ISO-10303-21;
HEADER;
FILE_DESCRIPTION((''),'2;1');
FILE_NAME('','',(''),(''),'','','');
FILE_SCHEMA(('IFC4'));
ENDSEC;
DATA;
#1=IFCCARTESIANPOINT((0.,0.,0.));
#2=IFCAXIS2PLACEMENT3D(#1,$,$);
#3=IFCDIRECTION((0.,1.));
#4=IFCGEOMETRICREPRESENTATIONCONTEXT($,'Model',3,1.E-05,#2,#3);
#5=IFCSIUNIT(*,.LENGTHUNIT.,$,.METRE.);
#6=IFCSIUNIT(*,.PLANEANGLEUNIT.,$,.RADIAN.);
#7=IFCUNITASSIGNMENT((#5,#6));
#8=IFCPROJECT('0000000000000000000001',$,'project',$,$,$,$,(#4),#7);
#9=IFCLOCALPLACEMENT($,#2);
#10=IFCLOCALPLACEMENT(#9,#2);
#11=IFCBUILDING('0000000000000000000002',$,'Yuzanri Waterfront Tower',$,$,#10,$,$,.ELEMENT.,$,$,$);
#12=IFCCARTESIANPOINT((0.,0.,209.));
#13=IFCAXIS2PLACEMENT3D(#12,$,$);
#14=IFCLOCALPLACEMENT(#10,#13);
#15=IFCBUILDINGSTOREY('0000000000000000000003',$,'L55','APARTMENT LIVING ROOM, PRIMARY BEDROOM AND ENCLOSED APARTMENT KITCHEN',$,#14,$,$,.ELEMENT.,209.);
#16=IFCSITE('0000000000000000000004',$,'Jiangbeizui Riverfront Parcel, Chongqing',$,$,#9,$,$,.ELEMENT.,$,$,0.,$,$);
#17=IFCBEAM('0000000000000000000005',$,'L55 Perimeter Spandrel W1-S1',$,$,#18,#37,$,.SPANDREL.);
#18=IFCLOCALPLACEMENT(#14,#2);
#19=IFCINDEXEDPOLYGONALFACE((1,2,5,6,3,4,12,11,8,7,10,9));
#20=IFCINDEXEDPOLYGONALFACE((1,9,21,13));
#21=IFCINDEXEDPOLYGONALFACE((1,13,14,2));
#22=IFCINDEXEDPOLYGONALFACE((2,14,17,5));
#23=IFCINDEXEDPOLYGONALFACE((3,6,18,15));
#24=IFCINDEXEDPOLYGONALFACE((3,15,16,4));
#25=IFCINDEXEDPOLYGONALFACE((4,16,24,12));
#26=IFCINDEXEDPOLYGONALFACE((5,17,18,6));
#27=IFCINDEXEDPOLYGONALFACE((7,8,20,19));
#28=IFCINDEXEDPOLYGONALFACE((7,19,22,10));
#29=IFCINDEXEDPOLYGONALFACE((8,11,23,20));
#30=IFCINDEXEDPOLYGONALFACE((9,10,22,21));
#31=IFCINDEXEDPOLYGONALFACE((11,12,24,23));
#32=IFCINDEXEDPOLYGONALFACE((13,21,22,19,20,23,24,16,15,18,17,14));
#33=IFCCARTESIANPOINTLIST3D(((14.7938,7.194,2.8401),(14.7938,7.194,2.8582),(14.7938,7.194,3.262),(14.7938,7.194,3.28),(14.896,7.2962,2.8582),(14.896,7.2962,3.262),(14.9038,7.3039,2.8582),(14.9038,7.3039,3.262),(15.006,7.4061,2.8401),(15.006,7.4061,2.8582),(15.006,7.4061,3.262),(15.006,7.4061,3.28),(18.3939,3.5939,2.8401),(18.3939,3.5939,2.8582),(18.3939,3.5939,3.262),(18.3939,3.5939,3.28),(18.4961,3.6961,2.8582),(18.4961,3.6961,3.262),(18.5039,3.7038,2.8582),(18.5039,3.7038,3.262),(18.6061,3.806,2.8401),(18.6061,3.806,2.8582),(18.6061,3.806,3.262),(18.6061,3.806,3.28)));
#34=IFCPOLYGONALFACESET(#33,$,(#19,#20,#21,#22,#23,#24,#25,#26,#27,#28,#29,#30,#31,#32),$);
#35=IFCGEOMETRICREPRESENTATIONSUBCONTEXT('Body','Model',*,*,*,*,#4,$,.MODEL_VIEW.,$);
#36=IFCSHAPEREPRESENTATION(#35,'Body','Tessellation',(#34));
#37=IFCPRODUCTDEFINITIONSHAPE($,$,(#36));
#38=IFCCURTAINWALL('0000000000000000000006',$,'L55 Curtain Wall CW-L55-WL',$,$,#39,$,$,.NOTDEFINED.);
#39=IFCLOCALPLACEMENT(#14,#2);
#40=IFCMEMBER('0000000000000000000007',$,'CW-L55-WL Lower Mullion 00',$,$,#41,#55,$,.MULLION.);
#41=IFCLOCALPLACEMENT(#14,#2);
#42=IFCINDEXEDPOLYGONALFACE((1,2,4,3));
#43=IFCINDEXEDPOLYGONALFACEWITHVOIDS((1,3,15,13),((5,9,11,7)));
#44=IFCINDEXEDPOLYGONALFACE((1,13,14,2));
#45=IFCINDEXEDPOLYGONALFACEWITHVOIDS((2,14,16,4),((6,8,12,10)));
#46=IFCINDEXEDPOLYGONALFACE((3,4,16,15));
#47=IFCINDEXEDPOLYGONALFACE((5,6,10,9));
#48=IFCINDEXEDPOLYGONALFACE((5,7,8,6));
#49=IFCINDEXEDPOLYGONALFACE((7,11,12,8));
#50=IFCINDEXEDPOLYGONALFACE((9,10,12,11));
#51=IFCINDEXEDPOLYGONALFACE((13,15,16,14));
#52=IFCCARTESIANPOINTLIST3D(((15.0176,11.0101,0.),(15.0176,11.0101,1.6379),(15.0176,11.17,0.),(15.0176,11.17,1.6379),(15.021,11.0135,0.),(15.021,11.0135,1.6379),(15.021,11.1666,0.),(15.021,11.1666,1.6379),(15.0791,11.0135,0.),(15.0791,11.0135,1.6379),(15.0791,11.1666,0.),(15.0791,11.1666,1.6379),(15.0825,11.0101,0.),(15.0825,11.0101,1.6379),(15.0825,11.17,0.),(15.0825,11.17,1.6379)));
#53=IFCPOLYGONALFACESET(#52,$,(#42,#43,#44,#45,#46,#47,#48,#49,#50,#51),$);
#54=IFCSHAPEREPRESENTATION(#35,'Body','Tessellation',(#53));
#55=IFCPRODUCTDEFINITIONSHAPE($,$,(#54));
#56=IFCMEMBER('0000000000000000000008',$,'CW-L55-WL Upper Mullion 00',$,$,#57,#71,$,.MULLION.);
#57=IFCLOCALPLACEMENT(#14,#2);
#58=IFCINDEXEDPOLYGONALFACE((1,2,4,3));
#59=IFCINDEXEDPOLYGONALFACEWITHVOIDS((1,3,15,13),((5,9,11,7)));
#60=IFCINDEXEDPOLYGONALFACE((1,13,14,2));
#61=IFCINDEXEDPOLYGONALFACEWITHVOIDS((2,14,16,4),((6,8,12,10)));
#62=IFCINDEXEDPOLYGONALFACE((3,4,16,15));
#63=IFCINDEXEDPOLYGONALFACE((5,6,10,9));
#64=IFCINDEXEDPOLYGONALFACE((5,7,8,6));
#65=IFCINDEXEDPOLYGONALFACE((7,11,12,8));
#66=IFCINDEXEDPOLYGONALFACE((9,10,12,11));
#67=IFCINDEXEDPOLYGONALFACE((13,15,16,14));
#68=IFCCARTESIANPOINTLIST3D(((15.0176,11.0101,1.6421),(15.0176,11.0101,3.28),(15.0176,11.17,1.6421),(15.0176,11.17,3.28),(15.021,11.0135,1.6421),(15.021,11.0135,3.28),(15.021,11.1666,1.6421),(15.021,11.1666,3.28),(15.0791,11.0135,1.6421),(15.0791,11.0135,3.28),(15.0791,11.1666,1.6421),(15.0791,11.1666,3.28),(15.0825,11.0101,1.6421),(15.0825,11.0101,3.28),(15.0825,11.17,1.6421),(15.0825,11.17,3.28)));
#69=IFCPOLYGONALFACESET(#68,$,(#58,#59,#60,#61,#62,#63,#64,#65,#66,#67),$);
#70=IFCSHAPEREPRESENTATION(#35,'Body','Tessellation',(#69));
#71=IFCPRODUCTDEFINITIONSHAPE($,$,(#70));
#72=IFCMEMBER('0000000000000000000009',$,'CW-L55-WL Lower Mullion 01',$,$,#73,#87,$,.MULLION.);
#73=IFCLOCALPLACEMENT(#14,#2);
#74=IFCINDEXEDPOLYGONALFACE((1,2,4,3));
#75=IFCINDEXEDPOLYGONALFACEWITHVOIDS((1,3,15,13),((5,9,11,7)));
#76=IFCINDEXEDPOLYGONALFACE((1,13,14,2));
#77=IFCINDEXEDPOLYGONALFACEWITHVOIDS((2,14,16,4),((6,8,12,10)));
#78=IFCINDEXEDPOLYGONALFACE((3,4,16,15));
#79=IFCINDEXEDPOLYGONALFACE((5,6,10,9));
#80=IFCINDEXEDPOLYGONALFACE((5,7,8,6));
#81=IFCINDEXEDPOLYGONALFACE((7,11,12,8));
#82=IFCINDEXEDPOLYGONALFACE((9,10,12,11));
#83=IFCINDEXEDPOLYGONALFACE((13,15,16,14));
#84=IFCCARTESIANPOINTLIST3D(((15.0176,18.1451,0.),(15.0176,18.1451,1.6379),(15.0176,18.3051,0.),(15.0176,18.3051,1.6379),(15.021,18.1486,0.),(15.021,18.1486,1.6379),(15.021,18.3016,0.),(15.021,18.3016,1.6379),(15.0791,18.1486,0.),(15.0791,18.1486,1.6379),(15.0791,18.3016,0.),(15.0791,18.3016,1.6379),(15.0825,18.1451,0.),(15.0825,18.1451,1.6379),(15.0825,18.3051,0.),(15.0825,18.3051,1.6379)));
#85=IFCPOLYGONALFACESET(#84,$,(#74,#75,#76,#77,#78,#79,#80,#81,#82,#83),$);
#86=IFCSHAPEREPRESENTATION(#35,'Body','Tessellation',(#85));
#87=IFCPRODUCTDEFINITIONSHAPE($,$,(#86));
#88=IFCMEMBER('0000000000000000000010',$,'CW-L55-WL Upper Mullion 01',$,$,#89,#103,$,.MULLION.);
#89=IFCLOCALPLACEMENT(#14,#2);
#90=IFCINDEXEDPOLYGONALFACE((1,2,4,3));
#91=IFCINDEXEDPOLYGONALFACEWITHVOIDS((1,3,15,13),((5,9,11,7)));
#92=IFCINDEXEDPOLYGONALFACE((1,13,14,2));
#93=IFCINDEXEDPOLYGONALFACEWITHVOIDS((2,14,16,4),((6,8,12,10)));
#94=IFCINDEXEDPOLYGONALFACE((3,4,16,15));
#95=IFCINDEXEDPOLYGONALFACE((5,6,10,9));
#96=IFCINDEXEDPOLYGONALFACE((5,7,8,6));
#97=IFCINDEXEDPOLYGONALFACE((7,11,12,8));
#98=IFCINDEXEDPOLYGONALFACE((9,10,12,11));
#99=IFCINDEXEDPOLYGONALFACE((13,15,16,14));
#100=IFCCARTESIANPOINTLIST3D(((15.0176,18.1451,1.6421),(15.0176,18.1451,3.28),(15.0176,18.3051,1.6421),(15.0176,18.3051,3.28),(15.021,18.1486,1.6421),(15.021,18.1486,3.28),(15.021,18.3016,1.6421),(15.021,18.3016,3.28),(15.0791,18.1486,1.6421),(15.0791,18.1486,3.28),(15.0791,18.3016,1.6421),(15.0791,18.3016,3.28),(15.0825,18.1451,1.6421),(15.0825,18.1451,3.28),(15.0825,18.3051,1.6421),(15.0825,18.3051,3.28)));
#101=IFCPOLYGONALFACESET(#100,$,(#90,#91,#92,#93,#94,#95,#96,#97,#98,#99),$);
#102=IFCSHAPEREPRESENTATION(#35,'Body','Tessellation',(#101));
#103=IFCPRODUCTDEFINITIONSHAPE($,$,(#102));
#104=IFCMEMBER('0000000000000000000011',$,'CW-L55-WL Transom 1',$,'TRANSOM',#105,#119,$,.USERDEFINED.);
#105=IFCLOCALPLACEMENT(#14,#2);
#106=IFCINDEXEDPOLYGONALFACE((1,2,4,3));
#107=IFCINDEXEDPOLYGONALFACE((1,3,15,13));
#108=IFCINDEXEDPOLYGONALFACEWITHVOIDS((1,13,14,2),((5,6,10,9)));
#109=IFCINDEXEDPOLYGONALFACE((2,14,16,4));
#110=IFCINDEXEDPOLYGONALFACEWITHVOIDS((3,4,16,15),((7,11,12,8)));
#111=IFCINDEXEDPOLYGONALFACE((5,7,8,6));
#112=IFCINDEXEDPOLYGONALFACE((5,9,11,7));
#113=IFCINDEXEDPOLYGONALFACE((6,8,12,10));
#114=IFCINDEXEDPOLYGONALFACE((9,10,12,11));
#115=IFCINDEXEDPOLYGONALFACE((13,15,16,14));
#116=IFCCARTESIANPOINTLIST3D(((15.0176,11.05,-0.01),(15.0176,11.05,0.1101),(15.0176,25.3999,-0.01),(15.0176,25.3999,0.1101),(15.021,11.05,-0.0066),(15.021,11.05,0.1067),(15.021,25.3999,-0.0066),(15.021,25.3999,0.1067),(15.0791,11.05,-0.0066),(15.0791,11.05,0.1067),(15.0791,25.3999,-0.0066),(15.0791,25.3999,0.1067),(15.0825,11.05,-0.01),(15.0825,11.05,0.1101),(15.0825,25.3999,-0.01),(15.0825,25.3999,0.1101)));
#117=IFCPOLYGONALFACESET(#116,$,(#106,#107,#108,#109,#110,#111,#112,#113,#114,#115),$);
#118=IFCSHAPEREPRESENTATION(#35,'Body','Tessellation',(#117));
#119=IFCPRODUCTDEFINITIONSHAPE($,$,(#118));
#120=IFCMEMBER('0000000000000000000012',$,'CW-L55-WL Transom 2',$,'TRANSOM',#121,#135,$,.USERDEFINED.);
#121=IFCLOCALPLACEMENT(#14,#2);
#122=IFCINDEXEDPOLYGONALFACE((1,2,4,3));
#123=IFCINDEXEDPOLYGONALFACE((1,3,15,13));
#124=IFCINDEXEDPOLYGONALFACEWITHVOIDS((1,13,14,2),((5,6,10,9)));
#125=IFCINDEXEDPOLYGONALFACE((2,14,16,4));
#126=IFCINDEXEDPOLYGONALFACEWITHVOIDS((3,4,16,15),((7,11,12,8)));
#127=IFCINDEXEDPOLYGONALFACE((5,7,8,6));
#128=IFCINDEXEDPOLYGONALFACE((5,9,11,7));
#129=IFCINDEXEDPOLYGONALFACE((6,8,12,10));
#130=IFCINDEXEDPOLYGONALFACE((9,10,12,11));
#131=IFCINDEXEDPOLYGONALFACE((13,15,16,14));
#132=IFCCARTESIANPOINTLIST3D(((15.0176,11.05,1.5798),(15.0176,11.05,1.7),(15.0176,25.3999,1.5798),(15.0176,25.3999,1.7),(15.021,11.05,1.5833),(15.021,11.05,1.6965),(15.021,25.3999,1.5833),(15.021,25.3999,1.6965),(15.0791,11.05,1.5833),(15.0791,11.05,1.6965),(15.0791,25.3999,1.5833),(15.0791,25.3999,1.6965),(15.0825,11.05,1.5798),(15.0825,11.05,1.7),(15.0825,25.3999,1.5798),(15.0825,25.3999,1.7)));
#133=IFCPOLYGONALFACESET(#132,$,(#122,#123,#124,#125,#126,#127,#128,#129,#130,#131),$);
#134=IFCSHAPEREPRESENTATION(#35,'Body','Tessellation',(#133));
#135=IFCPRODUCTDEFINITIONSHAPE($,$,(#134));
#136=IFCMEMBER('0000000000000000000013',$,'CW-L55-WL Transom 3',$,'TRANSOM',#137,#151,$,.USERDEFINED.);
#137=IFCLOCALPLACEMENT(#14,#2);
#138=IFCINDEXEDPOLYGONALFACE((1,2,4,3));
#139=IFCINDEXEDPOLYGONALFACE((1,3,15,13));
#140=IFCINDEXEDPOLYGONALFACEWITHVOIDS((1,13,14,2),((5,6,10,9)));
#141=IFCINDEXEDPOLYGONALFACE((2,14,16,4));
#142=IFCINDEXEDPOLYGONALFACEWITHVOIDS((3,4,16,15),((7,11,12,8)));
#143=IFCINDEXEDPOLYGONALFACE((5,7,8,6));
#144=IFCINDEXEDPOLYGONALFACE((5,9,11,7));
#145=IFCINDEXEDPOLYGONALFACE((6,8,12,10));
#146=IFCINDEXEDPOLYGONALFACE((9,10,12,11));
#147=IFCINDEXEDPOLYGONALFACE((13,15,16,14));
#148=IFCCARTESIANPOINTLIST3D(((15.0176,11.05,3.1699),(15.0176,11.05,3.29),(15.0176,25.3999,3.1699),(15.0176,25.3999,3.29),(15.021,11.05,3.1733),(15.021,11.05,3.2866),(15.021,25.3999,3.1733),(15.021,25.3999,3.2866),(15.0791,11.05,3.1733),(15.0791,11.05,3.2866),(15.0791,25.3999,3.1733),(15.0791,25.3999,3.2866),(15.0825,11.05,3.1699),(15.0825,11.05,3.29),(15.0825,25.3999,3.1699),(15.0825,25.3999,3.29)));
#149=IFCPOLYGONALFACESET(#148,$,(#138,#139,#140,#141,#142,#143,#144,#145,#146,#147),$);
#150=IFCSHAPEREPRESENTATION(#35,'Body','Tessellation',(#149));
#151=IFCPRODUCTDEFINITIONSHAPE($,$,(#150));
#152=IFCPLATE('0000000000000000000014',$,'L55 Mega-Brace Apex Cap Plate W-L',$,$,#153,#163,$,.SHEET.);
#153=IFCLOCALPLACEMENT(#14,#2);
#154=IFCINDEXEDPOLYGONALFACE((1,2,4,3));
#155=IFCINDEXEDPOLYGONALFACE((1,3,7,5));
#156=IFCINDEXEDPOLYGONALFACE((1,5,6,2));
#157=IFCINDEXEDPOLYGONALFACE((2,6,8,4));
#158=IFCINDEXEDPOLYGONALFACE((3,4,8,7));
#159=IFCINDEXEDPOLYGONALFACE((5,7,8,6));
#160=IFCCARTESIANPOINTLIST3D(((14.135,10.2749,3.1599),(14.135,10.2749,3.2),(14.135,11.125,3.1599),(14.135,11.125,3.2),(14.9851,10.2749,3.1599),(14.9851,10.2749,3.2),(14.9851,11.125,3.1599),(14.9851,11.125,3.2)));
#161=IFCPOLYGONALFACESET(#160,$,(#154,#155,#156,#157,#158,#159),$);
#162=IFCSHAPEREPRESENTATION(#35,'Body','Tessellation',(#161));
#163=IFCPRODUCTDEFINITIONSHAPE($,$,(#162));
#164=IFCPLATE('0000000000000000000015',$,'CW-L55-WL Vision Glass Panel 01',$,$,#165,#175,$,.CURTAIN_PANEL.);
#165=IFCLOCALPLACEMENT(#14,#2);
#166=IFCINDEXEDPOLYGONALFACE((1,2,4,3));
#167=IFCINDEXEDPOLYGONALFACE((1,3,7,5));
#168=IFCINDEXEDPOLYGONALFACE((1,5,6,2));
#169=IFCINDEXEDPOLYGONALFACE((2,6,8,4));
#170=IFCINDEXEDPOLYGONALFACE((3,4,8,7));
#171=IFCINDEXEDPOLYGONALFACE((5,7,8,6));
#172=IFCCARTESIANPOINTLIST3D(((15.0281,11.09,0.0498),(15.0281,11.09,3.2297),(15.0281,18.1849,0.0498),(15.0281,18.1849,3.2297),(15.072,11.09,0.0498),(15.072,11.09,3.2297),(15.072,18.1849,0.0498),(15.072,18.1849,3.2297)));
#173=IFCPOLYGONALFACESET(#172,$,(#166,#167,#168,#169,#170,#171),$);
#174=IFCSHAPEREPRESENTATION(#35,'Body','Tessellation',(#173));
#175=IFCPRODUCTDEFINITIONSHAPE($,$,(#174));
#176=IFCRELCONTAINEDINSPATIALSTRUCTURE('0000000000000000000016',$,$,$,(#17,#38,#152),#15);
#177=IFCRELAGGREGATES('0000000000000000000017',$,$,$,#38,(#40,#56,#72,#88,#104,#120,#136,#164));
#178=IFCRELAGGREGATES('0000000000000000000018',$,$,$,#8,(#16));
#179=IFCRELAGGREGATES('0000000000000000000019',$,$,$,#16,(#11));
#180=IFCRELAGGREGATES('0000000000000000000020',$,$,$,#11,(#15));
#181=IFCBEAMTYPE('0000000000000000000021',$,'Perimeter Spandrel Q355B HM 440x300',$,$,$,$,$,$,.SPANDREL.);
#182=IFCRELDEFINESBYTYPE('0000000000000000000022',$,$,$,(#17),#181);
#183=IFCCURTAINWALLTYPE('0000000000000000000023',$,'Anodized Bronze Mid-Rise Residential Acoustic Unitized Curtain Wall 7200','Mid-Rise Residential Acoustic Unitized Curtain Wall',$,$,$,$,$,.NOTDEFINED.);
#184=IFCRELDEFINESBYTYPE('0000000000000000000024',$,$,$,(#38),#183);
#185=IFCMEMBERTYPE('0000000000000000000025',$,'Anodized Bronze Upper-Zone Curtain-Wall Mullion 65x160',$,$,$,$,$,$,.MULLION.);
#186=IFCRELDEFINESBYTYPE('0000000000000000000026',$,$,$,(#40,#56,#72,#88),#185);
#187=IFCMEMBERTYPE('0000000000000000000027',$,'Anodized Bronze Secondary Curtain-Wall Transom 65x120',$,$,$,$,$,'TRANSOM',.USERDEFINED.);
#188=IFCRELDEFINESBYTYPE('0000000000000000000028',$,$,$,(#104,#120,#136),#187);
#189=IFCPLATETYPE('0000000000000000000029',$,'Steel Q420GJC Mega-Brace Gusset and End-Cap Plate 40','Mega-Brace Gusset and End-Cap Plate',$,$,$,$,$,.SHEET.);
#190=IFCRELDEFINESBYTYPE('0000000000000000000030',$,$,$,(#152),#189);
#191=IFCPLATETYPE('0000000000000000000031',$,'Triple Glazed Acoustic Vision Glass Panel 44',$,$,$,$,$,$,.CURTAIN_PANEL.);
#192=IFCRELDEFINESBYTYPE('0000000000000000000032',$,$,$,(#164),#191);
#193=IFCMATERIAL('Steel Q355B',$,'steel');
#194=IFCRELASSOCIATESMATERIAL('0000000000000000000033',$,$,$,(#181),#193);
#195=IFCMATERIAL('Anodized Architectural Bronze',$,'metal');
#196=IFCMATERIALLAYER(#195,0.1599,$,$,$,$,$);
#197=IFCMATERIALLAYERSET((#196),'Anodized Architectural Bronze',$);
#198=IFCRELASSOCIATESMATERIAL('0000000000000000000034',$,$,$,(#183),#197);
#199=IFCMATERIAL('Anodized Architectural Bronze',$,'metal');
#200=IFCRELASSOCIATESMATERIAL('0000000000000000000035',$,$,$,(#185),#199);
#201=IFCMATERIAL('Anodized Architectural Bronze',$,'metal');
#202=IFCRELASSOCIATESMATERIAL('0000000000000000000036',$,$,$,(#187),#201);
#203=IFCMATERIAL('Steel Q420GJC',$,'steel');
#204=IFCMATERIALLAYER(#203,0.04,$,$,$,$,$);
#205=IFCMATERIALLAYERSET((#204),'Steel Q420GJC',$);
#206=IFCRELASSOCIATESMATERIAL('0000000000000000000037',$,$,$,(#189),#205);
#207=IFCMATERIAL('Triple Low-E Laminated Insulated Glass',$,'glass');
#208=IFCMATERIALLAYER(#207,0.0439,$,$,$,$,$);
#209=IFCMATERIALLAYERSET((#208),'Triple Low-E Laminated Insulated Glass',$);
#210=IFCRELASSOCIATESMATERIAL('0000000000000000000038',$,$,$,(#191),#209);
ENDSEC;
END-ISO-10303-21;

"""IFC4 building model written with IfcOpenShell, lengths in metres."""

from ifc_helpers import new_model, si_unit, direction, frame, origin, origin_2d, place, context, subcontext, project, spatial, rectangle, hollow_rectangle, i_section, extrude, source, transform, mapped, material, layer, layer_set, material_profile, profile_set, type_object, element, aggregate, save


model = new_model("IFC4")

# Units and contexts
model_context = context("Model", 3, precision=1e-05, world=origin(), true_north=direction((0.0, 1.0)))
body_context = subcontext(model_context, "Body", "Model", "MODEL_VIEW")
ifc_project = project(units=[si_unit("LENGTHUNIT", "METRE"), si_unit("PLANEANGLEUNIT", "RADIAN")], contexts=[model_context])

# Site, building, storey
site_placement = place(None, origin())
site = spatial("IfcSite", under=ifc_project, at=site_placement, Name="Jiangbeizui Riverfront Parcel, Chongqing", CompositionType="ELEMENT", RefElevation=0.0)
building_placement = place(site_placement, origin())
building = spatial("IfcBuilding", under=site, at=building_placement, Name="Yuzanri Waterfront Tower", CompositionType="ELEMENT")
storey_placement = place(building_placement, frame((0.0, 0.0, 209.0)))
storey = spatial("IfcBuildingStorey", under=building, at=storey_placement, Name="L55", Description="APARTMENT LIVING ROOM, PRIMARY BEDROOM AND ENCLOSED APARTMENT KITCHEN", CompositionType="ELEMENT", Elevation=209.0)

# Beam
ifc_material_1 = material(Name="Steel Q355B", Category="steel")
ifc_material_profile_1 = material_profile(ifc_material_1, i_section(OverallWidth=0.3, OverallDepth=0.4399, WebThickness=0.011, FlangeThickness=0.0181, at=origin_2d()), Name="HM 440x300x11x18")
ifc_profile_set_1 = profile_set([ifc_material_profile_1], Name="Steel Q355B")
beam_type = type_object("IfcBeamType", Name="Perimeter Spandrel Q355B HM 440x300", PredefinedType="SPANDREL", material=ifc_profile_set_1)
shared_shape_1 = source(origin(), body_context, "Body", "SweptSolid", [
    extrude(i_section(OverallWidth=0.3, OverallDepth=0.4399, WebThickness=0.011, FlangeThickness=0.0181, at=origin_2d()), origin(), (0.0, 0.0, 1.0), 5.0913),
])
beam_placement = place(storey_placement, frame((14.8999, 7.3, 3.0601), z_axis=(0.707107, -0.707107, 0.0), x_axis=(0.707107, 0.707107, 0.0)))
element("IfcBeam", 1, at=beam_placement, inside=storey, type_object=beam_type, Name="L55 Perimeter Spandrel W1-S1", PredefinedType="SPANDREL", context=body_context, shape_type="MappedRepresentation", body=[
    mapped(shared_shape_1, transform((0.0, 0.0, 0.0), scale=1.0)),
])

# Curtain wall, members
ifc_material_2 = material(Name="Anodized Architectural Bronze", Category="metal")
ifc_layer_1 = layer(ifc_material_2, 0.1599)
ifc_layer_set_1 = layer_set([ifc_layer_1], Name="Anodized Architectural Bronze")
curtain_wall_type = type_object("IfcCurtainWallType", Name="Anodized Bronze Mid-Rise Residential Acoustic Unitized Curtain Wall 7200", Description="Mid-Rise Residential Acoustic Unitized Curtain Wall", PredefinedType="NOTDEFINED", material=ifc_layer_set_1)
curtain_wall_placement = place(storey_placement, origin())
curtain_wall = element("IfcCurtainWall", 2, at=curtain_wall_placement, inside=storey, type_object=curtain_wall_type, Name="L55 Curtain Wall CW-L55-WL", PredefinedType="NOTDEFINED")
ifc_material_3 = material(Name="Anodized Architectural Bronze", Category="metal")
ifc_material_profile_2 = material_profile(ifc_material_3, hollow_rectangle(XDim=0.0649, YDim=0.1599, WallThickness=0.0034, at=origin_2d()), Name="CWM 65x160")
ifc_profile_set_2 = profile_set([ifc_material_profile_2], Name="Anodized Architectural Bronze")
member_type_1 = type_object("IfcMemberType", Name="Anodized Bronze Upper-Zone Curtain-Wall Mullion 65x160", PredefinedType="MULLION", material=ifc_profile_set_2)
shared_shape_2 = source(origin(), body_context, "Body", "SweptSolid", [
    extrude(hollow_rectangle(XDim=0.0649, YDim=0.1599, WallThickness=0.0034, at=origin_2d()), origin(), (0.0, 0.0, 1.0), 1.6379),
])
member_1_placement = place(storey_placement, frame((15.05, 11.0901, 0.0), z_axis=(0.0, 0.0, 1.0), x_axis=(1.0, 0.0, 0.0)))
member_1 = element("IfcMember", 3, at=member_1_placement, type_object=member_type_1, Name="CW-L55-WL Lower Mullion 00", PredefinedType="MULLION", context=body_context, shape_type="MappedRepresentation", body=[
    mapped(shared_shape_2, transform((0.0, 0.0, 0.0), scale=1.0)),
])
member_2_placement = place(storey_placement, frame((15.05, 11.0901, 1.6421), z_axis=(0.0, 0.0, 1.0), x_axis=(1.0, 0.0, 0.0)))
member_2 = element("IfcMember", 4, at=member_2_placement, type_object=member_type_1, Name="CW-L55-WL Upper Mullion 00", PredefinedType="MULLION", context=body_context, shape_type="MappedRepresentation", body=[
    mapped(shared_shape_2, transform((0.0, 0.0, 0.0), scale=1.0)),
])
member_3_placement = place(storey_placement, frame((15.05, 18.2251, 0.0), z_axis=(0.0, 0.0, 1.0), x_axis=(1.0, 0.0, 0.0)))
member_3 = element("IfcMember", 5, at=member_3_placement, type_object=member_type_1, Name="CW-L55-WL Lower Mullion 01", PredefinedType="MULLION", context=body_context, shape_type="MappedRepresentation", body=[
    mapped(shared_shape_2, transform((0.0, 0.0, 0.0), scale=1.0)),
])
member_4_placement = place(storey_placement, frame((15.05, 18.2251, 1.6421), z_axis=(0.0, 0.0, 1.0), x_axis=(1.0, 0.0, 0.0)))
member_4 = element("IfcMember", 6, at=member_4_placement, type_object=member_type_1, Name="CW-L55-WL Upper Mullion 01", PredefinedType="MULLION", context=body_context, shape_type="MappedRepresentation", body=[
    mapped(shared_shape_2, transform((0.0, 0.0, 0.0), scale=1.0)),
])
ifc_material_4 = material(Name="Anodized Architectural Bronze", Category="metal")
ifc_material_profile_3 = material_profile(ifc_material_4, hollow_rectangle(XDim=0.0649, YDim=0.1201, WallThickness=0.0034, at=origin_2d()), Name="CWT 65x120")
ifc_profile_set_3 = profile_set([ifc_material_profile_3], Name="Anodized Architectural Bronze")
member_type_2 = type_object("IfcMemberType", Name="Anodized Bronze Secondary Curtain-Wall Transom 65x120", ElementType="TRANSOM", PredefinedType="USERDEFINED", material=ifc_profile_set_3)
shared_shape_3 = source(origin(), body_context, "Body", "SweptSolid", [
    extrude(hollow_rectangle(XDim=0.0649, YDim=0.1201, WallThickness=0.0034, at=origin_2d()), origin(), (0.0, 0.0, 1.0), 14.3499),
])
member_5_placement = place(storey_placement, frame((15.05, 11.05, 0.05), z_axis=(0.0, 1.0, 0.0), x_axis=(-1.0, 0.0, 0.0)))
member_5 = element("IfcMember", 7, at=member_5_placement, type_object=member_type_2, Name="CW-L55-WL Transom 1", ObjectType="TRANSOM", PredefinedType="USERDEFINED", context=body_context, shape_type="MappedRepresentation", body=[
    mapped(shared_shape_3, transform((0.0, 0.0, 0.0), scale=1.0)),
])
member_6_placement = place(storey_placement, frame((15.05, 11.05, 1.6399), z_axis=(0.0, 1.0, 0.0), x_axis=(-1.0, 0.0, 0.0)))
member_6 = element("IfcMember", 8, at=member_6_placement, type_object=member_type_2, Name="CW-L55-WL Transom 2", ObjectType="TRANSOM", PredefinedType="USERDEFINED", context=body_context, shape_type="MappedRepresentation", body=[
    mapped(shared_shape_3, transform((0.0, 0.0, 0.0), scale=1.0)),
])
member_7_placement = place(storey_placement, frame((15.05, 11.05, 3.23), z_axis=(0.0, 1.0, 0.0), x_axis=(-1.0, 0.0, 0.0)))
member_7 = element("IfcMember", 9, at=member_7_placement, type_object=member_type_2, Name="CW-L55-WL Transom 3", ObjectType="TRANSOM", PredefinedType="USERDEFINED", context=body_context, shape_type="MappedRepresentation", body=[
    mapped(shared_shape_3, transform((0.0, 0.0, 0.0), scale=1.0)),
])

# Plates
ifc_material_5 = material(Name="Steel Q420GJC", Category="steel")
ifc_layer_2 = layer(ifc_material_5, 0.04)
ifc_layer_set_2 = layer_set([ifc_layer_2], Name="Steel Q420GJC")
plate_type_1 = type_object("IfcPlateType", Name="Steel Q420GJC Mega-Brace Gusset and End-Cap Plate 40", Description="Mega-Brace Gusset and End-Cap Plate", PredefinedType="SHEET", material=ifc_layer_set_2)
shared_shape_4 = source(origin(), body_context, "Body", "SweptSolid", [
    extrude(rectangle(XDim=0.8501, YDim=0.8501, at=origin_2d()), origin(), (0.0, 0.0, 1.0), 0.04),
])
plate_1_placement = place(storey_placement, frame((14.5601, 10.7, 3.1599), z_axis=(0.0, 0.0, 1.0), x_axis=(1.0, 0.0, 0.0)))
element("IfcPlate", 10, at=plate_1_placement, inside=storey, type_object=plate_type_1, Name="L55 Mega-Brace Apex Cap Plate W-L", PredefinedType="SHEET", context=body_context, shape_type="MappedRepresentation", body=[
    mapped(shared_shape_4, transform((0.0, 0.0, 0.0), scale=1.0)),
])
ifc_material_6 = material(Name="Triple Low-E Laminated Insulated Glass", Category="glass")
ifc_layer_3 = layer(ifc_material_6, 0.0439)
ifc_layer_set_3 = layer_set([ifc_layer_3], Name="Triple Low-E Laminated Insulated Glass")
plate_type_2 = type_object("IfcPlateType", Name="Triple Glazed Acoustic Vision Glass Panel 44", PredefinedType="CURTAIN_PANEL", material=ifc_layer_set_3)
shared_shape_5 = source(origin(), body_context, "Body", "SweptSolid", [
    extrude(rectangle(XDim=7.095, YDim=0.0439, at=origin_2d()), origin(), (0.0, 0.0, 1.0), 3.1799),
])
plate_2_placement = place(storey_placement, frame((15.05, 14.6375, 0.0498), z_axis=(0.0, 0.0, 1.0), x_axis=(0.0, 1.0, 0.0)))
plate_2 = element("IfcPlate", 11, at=plate_2_placement, type_object=plate_type_2, Name="CW-L55-WL Vision Glass Panel 01", PredefinedType="CURTAIN_PANEL", context=body_context, shape_type="MappedRepresentation", body=[
    mapped(shared_shape_5, transform((0.0, 0.0, 0.0), scale=1.0)),
])
aggregate(curtain_wall, [member_1, member_2, member_3, member_4, member_5, member_6, member_7, plate_2])

save(model, "model.ifc")
